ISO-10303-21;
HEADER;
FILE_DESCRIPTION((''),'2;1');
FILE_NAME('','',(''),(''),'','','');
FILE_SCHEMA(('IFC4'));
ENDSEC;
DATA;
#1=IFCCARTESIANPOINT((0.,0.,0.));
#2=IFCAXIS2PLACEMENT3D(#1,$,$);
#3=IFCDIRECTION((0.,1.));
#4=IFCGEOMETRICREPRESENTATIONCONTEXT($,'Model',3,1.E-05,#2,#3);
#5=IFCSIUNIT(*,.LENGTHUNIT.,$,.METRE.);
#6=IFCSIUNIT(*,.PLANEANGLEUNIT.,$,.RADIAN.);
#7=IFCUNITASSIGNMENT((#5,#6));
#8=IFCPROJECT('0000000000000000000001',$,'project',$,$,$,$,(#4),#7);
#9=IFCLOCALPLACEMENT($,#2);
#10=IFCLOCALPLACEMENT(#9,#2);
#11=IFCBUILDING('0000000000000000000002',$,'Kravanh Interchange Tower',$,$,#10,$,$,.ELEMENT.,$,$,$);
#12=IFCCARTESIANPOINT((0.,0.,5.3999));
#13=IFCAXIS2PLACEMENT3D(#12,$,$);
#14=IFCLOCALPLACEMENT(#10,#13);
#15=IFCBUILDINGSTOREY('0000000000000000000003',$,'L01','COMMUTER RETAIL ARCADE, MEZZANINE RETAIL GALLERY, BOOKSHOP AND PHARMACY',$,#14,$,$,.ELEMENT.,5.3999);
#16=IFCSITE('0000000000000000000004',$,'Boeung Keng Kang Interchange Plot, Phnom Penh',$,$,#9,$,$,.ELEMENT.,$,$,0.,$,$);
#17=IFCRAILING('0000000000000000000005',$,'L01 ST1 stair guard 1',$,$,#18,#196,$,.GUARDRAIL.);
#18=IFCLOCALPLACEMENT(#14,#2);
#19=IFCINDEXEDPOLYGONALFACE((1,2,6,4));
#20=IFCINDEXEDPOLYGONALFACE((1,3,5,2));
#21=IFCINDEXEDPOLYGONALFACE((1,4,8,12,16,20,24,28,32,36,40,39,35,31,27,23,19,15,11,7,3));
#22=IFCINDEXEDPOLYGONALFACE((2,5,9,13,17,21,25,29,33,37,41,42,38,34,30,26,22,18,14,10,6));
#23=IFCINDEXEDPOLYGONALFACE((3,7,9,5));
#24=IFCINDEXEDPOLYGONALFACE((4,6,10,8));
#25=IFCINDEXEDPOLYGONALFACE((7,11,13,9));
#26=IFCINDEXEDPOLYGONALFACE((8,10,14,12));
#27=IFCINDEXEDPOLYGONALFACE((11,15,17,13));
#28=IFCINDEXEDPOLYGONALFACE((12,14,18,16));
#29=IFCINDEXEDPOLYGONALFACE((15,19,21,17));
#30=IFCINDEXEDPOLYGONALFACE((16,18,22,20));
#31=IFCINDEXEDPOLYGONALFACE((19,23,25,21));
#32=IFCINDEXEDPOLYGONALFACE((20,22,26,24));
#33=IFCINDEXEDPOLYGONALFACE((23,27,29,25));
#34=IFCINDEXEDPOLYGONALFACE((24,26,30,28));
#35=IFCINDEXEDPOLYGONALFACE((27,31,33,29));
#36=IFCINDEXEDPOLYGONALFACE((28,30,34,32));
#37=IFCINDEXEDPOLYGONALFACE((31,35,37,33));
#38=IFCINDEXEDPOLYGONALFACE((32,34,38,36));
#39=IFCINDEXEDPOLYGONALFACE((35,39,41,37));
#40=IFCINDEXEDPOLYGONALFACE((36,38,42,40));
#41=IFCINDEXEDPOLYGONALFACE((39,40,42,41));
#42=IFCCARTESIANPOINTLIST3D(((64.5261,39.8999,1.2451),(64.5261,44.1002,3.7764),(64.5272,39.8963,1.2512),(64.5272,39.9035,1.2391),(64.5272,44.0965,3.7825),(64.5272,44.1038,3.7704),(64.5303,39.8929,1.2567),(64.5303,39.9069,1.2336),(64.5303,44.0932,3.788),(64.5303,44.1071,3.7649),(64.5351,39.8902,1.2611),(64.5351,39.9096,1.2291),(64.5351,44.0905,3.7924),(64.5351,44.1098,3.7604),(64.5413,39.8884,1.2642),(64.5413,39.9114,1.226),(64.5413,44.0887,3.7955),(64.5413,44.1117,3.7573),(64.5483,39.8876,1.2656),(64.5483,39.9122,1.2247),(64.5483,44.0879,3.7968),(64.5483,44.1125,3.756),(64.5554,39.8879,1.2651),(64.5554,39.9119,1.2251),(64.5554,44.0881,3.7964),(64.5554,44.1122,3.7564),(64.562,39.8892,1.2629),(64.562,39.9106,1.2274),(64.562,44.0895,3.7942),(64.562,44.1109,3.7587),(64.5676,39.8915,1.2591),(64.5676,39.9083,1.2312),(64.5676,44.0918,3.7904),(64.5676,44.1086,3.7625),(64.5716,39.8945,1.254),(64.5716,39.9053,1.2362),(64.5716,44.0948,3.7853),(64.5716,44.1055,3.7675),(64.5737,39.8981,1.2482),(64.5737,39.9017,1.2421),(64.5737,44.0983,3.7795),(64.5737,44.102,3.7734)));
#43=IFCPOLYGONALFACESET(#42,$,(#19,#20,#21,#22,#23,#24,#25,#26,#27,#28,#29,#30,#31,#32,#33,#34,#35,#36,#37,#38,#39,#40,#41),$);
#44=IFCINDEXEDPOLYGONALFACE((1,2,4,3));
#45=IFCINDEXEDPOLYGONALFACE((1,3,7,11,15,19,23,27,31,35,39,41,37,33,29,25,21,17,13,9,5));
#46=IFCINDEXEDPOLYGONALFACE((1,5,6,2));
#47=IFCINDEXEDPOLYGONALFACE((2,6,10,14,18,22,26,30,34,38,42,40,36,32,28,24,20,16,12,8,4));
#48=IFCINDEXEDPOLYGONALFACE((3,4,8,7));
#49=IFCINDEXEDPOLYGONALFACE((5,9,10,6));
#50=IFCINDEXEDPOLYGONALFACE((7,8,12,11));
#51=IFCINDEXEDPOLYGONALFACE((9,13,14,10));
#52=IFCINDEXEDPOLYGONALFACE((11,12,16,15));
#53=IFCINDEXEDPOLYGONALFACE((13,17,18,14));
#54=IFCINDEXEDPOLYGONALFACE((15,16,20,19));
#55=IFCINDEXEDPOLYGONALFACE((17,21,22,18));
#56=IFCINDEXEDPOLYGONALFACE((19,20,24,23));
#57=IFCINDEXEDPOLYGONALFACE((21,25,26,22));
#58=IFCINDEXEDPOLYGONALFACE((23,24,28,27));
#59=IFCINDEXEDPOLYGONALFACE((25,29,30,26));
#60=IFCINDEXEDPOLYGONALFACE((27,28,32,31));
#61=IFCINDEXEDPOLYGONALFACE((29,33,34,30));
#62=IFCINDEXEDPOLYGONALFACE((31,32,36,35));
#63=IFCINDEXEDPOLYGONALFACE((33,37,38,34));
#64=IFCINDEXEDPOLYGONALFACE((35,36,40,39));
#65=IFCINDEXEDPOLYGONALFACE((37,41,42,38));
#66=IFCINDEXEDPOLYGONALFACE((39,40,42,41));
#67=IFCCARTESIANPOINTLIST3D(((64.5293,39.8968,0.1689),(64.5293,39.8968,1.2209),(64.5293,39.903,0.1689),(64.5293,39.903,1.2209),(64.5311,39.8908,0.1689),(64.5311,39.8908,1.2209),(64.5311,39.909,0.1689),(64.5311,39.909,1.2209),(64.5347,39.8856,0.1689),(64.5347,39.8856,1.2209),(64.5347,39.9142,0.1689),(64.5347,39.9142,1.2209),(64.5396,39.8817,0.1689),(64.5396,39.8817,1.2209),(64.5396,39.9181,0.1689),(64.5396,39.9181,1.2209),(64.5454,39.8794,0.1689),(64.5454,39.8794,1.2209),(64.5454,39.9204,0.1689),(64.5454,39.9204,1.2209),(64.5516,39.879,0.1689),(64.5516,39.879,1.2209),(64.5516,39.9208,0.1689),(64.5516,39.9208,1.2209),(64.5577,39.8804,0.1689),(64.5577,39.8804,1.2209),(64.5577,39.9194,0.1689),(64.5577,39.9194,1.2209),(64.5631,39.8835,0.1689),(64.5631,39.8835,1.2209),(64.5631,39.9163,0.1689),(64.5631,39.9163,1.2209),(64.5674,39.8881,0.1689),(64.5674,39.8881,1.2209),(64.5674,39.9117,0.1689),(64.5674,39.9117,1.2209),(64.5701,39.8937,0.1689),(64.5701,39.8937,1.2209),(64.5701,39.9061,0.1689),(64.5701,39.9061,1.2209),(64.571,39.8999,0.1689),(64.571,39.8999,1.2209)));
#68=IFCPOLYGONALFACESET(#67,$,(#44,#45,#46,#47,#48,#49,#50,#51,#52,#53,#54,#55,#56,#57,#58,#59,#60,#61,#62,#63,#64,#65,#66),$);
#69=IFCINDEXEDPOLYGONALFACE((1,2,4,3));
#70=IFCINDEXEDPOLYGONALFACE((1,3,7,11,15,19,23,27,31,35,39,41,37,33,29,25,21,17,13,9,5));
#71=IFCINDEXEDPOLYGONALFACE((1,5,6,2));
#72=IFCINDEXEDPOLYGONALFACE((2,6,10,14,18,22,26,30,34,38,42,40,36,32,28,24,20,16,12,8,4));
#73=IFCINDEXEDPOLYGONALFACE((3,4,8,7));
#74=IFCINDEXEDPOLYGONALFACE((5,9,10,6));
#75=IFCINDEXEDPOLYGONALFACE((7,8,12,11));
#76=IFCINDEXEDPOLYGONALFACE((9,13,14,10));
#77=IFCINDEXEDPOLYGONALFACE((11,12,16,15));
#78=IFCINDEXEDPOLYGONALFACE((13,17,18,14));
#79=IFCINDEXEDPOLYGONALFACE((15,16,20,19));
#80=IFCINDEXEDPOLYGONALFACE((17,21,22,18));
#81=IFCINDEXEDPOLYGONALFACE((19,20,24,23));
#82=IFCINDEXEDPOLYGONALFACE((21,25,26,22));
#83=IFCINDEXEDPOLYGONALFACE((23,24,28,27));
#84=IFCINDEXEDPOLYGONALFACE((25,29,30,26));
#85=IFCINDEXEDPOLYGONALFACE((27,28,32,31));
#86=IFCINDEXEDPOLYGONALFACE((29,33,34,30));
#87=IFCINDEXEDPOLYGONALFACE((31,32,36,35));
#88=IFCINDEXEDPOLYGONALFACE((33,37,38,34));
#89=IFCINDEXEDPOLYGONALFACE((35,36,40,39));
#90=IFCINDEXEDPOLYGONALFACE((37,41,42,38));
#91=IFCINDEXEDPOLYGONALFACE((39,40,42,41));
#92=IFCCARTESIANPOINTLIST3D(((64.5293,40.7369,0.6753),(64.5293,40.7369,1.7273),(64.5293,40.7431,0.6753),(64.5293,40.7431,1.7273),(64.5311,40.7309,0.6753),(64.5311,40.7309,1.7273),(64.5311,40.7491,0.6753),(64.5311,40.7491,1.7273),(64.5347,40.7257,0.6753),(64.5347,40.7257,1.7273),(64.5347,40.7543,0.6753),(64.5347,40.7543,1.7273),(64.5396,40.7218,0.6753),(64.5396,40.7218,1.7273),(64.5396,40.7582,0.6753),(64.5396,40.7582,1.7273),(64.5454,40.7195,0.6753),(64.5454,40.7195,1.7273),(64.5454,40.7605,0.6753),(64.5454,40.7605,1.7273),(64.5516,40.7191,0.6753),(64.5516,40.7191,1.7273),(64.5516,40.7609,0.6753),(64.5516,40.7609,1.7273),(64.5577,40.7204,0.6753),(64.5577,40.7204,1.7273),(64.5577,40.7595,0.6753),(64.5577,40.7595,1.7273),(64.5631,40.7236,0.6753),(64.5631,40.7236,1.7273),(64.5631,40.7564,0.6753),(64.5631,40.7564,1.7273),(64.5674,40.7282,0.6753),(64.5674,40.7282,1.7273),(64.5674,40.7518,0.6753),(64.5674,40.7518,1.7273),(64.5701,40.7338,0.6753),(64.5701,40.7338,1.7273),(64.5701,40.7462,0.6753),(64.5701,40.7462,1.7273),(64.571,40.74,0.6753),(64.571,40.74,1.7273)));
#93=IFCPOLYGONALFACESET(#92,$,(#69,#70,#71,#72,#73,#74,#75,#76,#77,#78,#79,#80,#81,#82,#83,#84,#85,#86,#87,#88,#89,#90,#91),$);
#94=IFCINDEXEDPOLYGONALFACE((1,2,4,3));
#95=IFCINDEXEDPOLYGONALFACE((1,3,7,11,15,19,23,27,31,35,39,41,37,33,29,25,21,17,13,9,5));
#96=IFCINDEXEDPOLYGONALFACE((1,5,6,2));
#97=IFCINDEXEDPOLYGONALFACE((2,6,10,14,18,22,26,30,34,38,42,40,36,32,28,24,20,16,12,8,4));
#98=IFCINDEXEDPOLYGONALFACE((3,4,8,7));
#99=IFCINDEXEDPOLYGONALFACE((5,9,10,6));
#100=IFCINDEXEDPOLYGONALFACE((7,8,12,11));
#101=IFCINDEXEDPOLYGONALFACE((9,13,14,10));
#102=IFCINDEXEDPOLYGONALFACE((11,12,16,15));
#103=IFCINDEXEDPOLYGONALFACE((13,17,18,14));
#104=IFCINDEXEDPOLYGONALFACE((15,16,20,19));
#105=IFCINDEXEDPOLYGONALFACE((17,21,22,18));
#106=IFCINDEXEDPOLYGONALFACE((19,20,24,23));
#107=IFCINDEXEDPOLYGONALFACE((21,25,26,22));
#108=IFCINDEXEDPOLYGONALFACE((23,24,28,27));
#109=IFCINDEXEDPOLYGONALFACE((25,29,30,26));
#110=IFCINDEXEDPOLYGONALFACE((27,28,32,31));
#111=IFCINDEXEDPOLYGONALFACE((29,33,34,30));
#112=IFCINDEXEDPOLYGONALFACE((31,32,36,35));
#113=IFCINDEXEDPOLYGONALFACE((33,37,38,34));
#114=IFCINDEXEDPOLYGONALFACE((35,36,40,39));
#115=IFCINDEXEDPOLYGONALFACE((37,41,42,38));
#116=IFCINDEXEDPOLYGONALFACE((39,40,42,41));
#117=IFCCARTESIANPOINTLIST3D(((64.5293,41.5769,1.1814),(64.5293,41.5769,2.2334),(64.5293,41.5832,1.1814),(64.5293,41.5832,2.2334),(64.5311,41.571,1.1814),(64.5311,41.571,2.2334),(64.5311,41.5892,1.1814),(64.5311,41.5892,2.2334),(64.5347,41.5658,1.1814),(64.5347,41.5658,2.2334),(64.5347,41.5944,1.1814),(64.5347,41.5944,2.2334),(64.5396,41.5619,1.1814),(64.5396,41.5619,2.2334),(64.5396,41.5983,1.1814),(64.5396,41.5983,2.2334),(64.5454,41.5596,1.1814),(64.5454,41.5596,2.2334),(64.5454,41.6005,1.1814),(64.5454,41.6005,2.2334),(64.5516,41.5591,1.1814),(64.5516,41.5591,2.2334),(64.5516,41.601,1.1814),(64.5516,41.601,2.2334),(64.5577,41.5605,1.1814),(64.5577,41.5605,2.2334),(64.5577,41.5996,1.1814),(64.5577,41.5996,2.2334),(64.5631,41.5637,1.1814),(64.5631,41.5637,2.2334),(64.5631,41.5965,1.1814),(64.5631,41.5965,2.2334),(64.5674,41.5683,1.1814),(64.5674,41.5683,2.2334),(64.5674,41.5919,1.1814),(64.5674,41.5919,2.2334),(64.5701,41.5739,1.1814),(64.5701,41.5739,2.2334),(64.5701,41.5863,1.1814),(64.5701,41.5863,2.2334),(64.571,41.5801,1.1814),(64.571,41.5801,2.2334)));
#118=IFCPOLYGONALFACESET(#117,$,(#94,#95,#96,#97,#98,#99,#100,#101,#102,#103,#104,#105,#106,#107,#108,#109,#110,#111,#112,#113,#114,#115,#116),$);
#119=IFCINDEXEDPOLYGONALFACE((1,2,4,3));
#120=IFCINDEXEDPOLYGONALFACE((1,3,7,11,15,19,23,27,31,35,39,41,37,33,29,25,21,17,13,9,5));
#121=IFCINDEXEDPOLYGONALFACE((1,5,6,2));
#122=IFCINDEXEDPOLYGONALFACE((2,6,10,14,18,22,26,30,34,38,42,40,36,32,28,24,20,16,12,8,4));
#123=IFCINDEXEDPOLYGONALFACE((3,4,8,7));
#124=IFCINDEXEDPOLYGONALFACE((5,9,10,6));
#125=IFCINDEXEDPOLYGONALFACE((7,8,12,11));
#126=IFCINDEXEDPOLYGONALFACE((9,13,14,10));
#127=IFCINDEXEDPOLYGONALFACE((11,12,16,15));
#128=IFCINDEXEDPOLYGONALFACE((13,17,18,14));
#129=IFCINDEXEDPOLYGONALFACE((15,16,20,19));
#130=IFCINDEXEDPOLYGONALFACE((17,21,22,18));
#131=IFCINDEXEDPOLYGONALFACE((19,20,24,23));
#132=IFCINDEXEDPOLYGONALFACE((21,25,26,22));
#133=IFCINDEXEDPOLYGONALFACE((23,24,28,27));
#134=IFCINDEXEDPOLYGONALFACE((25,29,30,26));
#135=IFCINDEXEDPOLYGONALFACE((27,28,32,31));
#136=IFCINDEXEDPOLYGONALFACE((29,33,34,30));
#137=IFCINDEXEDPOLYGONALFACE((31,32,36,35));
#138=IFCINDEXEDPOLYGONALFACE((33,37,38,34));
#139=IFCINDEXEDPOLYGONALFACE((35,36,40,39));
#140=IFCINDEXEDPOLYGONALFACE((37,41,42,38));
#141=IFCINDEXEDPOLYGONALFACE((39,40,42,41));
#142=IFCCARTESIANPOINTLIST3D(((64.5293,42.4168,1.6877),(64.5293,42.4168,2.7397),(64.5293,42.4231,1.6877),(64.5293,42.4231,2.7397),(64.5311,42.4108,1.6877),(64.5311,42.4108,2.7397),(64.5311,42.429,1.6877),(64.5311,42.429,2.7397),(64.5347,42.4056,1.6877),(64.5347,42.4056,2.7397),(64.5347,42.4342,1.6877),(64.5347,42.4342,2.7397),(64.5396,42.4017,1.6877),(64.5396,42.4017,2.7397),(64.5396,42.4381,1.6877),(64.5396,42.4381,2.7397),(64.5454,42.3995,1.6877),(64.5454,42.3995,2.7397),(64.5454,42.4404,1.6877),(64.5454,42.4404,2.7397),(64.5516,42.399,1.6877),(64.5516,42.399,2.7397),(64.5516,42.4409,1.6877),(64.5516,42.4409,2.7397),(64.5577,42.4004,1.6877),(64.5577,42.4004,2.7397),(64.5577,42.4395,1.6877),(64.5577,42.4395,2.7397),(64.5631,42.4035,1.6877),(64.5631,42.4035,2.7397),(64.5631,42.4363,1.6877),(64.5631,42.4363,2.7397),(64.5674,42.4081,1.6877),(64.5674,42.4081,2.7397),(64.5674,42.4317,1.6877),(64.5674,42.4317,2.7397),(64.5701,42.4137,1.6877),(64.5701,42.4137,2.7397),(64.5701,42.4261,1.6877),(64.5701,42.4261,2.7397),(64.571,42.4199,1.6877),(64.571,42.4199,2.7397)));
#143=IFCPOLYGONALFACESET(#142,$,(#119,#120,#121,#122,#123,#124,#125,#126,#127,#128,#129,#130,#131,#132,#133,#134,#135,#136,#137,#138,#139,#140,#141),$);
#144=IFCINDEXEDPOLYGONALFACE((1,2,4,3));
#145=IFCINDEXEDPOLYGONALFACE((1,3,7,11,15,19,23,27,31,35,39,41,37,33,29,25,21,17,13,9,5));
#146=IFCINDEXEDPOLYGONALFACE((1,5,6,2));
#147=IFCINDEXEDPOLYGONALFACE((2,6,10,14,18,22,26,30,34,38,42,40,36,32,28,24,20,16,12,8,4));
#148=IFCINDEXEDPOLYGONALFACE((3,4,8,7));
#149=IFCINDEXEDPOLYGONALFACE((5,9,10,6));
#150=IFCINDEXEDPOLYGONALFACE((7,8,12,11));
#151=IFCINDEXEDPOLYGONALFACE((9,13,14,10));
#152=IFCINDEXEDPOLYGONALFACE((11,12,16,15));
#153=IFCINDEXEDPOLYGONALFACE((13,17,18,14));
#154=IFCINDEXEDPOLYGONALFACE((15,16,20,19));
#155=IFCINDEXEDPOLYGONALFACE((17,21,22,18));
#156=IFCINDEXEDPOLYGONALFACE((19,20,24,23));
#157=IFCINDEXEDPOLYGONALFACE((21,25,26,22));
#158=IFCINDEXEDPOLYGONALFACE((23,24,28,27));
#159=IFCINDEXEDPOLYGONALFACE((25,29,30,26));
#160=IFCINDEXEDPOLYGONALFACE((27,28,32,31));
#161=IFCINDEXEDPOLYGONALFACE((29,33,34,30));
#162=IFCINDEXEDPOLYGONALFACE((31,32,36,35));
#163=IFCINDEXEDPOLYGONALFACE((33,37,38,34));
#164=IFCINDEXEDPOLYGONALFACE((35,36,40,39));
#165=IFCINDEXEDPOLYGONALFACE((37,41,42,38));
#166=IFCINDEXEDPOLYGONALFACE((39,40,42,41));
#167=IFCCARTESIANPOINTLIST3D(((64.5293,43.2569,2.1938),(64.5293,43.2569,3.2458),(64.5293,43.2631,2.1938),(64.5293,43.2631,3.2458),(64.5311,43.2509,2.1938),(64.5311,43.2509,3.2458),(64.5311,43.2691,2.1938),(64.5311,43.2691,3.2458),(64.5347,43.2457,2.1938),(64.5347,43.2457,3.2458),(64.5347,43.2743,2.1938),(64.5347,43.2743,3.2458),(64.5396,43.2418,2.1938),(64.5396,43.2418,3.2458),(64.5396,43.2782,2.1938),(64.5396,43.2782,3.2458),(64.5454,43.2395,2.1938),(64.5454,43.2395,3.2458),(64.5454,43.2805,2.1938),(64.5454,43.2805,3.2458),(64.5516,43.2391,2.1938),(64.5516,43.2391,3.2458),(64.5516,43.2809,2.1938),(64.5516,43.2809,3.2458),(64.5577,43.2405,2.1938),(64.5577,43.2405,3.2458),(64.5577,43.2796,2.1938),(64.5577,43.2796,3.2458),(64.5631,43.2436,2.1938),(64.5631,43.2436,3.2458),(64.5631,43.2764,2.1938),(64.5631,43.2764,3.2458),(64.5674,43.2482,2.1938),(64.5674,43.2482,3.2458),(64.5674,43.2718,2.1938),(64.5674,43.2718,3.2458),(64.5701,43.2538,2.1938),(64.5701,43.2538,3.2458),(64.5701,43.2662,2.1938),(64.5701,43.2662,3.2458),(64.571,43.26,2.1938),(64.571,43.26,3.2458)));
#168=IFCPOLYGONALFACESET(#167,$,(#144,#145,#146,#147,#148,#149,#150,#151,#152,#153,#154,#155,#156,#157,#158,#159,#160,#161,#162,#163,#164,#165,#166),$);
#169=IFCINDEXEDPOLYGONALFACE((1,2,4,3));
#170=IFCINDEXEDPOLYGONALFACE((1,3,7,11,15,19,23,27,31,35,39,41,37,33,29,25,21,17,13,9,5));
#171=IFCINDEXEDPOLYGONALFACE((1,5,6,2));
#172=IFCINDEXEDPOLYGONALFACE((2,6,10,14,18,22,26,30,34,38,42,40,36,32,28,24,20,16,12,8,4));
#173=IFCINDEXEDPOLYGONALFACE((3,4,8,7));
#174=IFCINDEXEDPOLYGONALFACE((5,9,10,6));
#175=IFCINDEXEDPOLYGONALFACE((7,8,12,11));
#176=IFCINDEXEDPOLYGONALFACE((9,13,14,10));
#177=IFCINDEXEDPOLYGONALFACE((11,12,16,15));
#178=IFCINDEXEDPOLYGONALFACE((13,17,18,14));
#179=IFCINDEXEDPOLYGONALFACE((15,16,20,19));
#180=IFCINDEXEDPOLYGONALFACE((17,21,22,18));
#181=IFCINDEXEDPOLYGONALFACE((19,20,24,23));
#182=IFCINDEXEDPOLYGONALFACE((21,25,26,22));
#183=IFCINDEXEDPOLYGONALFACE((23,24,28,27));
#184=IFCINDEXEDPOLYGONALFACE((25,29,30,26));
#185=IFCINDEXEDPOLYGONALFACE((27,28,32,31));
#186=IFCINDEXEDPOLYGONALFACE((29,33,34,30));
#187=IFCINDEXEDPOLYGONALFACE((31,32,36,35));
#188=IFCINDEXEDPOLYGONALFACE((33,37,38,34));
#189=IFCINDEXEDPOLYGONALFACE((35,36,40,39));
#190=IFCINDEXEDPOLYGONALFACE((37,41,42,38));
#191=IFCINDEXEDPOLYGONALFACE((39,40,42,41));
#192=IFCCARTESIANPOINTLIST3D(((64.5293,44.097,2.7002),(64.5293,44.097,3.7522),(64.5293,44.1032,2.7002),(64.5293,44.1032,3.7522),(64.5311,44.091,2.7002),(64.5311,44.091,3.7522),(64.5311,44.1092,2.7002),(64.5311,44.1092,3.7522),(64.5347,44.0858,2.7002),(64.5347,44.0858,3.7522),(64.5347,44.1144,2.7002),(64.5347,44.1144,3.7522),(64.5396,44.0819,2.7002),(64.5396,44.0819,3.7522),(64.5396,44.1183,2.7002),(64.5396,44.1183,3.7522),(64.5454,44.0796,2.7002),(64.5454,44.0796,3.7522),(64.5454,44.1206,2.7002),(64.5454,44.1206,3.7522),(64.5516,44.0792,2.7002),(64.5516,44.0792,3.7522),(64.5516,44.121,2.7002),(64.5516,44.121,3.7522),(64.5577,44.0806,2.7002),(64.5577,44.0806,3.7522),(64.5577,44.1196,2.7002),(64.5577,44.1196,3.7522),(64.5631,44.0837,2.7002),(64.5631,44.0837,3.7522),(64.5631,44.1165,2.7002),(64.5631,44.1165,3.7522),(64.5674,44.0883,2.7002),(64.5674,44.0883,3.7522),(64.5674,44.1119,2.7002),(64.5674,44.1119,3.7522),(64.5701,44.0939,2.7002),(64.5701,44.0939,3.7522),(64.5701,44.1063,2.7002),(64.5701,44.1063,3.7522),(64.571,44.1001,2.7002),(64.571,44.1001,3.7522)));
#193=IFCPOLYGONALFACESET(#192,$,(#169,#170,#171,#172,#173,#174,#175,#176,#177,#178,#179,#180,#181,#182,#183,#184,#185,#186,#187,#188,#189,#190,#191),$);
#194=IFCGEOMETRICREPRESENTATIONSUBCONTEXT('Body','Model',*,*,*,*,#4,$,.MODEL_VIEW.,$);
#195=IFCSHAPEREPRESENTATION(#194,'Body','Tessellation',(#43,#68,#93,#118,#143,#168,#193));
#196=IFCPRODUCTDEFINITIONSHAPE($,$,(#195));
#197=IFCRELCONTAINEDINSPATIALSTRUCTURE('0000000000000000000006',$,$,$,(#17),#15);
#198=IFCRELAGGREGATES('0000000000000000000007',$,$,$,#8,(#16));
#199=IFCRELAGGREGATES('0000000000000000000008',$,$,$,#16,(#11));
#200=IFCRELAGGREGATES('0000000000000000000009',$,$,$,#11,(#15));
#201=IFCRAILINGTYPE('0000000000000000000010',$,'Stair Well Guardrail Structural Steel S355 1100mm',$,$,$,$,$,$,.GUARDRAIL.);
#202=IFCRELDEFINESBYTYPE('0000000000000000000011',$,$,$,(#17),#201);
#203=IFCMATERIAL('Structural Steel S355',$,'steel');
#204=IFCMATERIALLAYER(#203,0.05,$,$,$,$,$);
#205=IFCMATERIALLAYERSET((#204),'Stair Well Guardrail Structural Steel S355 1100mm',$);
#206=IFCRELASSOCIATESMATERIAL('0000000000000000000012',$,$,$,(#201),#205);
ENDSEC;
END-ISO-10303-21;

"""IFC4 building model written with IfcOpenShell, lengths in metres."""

from ifc_helpers import new_model, si_unit, direction, frame, origin, origin_2d, place, context, subcontext, project, spatial, circle, extrude, material, layer, layer_set, type_object, element, save


model = new_model("IFC4")

# Units and contexts
model_context = context("Model", 3, precision=1e-05, world=origin(), true_north=direction((0.0, 1.0)))
body_context = subcontext(model_context, "Body", "Model", "MODEL_VIEW")
ifc_project = project(units=[si_unit("LENGTHUNIT", "METRE"), si_unit("PLANEANGLEUNIT", "RADIAN")], contexts=[model_context])

# Site, building, storey
site_placement = place(None, origin())
site = spatial("IfcSite", under=ifc_project, at=site_placement, Name="Boeung Keng Kang Interchange Plot, Phnom Penh", CompositionType="ELEMENT", RefElevation=0.0)
building_placement = place(site_placement, origin())
building = spatial("IfcBuilding", under=site, at=building_placement, Name="Kravanh Interchange Tower", CompositionType="ELEMENT")
storey_placement = place(building_placement, frame((0.0, 0.0, 5.3999)))
storey = spatial("IfcBuildingStorey", under=building, at=storey_placement, Name="L01", Description="COMMUTER RETAIL ARCADE, MEZZANINE RETAIL GALLERY, BOOKSHOP AND PHARMACY", CompositionType="ELEMENT", Elevation=5.3999)

# Railing
ifc_material_1 = material(Name="Structural Steel S355", Category="steel")
ifc_layer_1 = layer(ifc_material_1, 0.05)
ifc_layer_set_1 = layer_set([ifc_layer_1], Name="Stair Well Guardrail Structural Steel S355 1100mm")
railing_type_1 = type_object("IfcRailingType", Name="Stair Well Guardrail Structural Steel S355 1100mm", PredefinedType="GUARDRAIL", material=ifc_layer_set_1)
railing_1_placement = place(storey_placement, frame((64.55, 39.8999, 0.1689)))
element("IfcRailing", 1, at=railing_1_placement, inside=storey, type_object=railing_type_1, Name="L01 ST1 stair guard 1", PredefinedType="GUARDRAIL", context=body_context, shape_type="SweptSolid", body=[
    extrude(circle(Radius=0.0239, at=origin_2d()), frame((0.0, 0.0, 1.0762), z_axis=(0.0, 0.85649, 0.516164), x_axis=(-1.0, 0.0, 0.0)), (0.0, 0.0, 1.0), 4.9041),
    extrude(circle(Radius=0.021, at=origin_2d()), origin(), (0.0, 0.0, 1.0), 1.052),
    extrude(circle(Radius=0.021, at=origin_2d()), frame((0.0, 0.8401, 0.5063)), (0.0, 0.0, 1.0), 1.052),
    extrude(circle(Radius=0.021, at=origin_2d()), frame((0.0, 1.6802, 1.0125)), (0.0, 0.0, 1.0), 1.052),
    extrude(circle(Radius=0.021, at=origin_2d()), frame((0.0, 2.52, 1.5188)), (0.0, 0.0, 1.0), 1.052),
    extrude(circle(Radius=0.021, at=origin_2d()), frame((0.0, 3.3601, 2.0249)), (0.0, 0.0, 1.0), 1.052),
    extrude(circle(Radius=0.021, at=origin_2d()), frame((0.0, 4.2002, 2.5312)), (0.0, 0.0, 1.0), 1.052),
])

save(model, "model.ifc")
